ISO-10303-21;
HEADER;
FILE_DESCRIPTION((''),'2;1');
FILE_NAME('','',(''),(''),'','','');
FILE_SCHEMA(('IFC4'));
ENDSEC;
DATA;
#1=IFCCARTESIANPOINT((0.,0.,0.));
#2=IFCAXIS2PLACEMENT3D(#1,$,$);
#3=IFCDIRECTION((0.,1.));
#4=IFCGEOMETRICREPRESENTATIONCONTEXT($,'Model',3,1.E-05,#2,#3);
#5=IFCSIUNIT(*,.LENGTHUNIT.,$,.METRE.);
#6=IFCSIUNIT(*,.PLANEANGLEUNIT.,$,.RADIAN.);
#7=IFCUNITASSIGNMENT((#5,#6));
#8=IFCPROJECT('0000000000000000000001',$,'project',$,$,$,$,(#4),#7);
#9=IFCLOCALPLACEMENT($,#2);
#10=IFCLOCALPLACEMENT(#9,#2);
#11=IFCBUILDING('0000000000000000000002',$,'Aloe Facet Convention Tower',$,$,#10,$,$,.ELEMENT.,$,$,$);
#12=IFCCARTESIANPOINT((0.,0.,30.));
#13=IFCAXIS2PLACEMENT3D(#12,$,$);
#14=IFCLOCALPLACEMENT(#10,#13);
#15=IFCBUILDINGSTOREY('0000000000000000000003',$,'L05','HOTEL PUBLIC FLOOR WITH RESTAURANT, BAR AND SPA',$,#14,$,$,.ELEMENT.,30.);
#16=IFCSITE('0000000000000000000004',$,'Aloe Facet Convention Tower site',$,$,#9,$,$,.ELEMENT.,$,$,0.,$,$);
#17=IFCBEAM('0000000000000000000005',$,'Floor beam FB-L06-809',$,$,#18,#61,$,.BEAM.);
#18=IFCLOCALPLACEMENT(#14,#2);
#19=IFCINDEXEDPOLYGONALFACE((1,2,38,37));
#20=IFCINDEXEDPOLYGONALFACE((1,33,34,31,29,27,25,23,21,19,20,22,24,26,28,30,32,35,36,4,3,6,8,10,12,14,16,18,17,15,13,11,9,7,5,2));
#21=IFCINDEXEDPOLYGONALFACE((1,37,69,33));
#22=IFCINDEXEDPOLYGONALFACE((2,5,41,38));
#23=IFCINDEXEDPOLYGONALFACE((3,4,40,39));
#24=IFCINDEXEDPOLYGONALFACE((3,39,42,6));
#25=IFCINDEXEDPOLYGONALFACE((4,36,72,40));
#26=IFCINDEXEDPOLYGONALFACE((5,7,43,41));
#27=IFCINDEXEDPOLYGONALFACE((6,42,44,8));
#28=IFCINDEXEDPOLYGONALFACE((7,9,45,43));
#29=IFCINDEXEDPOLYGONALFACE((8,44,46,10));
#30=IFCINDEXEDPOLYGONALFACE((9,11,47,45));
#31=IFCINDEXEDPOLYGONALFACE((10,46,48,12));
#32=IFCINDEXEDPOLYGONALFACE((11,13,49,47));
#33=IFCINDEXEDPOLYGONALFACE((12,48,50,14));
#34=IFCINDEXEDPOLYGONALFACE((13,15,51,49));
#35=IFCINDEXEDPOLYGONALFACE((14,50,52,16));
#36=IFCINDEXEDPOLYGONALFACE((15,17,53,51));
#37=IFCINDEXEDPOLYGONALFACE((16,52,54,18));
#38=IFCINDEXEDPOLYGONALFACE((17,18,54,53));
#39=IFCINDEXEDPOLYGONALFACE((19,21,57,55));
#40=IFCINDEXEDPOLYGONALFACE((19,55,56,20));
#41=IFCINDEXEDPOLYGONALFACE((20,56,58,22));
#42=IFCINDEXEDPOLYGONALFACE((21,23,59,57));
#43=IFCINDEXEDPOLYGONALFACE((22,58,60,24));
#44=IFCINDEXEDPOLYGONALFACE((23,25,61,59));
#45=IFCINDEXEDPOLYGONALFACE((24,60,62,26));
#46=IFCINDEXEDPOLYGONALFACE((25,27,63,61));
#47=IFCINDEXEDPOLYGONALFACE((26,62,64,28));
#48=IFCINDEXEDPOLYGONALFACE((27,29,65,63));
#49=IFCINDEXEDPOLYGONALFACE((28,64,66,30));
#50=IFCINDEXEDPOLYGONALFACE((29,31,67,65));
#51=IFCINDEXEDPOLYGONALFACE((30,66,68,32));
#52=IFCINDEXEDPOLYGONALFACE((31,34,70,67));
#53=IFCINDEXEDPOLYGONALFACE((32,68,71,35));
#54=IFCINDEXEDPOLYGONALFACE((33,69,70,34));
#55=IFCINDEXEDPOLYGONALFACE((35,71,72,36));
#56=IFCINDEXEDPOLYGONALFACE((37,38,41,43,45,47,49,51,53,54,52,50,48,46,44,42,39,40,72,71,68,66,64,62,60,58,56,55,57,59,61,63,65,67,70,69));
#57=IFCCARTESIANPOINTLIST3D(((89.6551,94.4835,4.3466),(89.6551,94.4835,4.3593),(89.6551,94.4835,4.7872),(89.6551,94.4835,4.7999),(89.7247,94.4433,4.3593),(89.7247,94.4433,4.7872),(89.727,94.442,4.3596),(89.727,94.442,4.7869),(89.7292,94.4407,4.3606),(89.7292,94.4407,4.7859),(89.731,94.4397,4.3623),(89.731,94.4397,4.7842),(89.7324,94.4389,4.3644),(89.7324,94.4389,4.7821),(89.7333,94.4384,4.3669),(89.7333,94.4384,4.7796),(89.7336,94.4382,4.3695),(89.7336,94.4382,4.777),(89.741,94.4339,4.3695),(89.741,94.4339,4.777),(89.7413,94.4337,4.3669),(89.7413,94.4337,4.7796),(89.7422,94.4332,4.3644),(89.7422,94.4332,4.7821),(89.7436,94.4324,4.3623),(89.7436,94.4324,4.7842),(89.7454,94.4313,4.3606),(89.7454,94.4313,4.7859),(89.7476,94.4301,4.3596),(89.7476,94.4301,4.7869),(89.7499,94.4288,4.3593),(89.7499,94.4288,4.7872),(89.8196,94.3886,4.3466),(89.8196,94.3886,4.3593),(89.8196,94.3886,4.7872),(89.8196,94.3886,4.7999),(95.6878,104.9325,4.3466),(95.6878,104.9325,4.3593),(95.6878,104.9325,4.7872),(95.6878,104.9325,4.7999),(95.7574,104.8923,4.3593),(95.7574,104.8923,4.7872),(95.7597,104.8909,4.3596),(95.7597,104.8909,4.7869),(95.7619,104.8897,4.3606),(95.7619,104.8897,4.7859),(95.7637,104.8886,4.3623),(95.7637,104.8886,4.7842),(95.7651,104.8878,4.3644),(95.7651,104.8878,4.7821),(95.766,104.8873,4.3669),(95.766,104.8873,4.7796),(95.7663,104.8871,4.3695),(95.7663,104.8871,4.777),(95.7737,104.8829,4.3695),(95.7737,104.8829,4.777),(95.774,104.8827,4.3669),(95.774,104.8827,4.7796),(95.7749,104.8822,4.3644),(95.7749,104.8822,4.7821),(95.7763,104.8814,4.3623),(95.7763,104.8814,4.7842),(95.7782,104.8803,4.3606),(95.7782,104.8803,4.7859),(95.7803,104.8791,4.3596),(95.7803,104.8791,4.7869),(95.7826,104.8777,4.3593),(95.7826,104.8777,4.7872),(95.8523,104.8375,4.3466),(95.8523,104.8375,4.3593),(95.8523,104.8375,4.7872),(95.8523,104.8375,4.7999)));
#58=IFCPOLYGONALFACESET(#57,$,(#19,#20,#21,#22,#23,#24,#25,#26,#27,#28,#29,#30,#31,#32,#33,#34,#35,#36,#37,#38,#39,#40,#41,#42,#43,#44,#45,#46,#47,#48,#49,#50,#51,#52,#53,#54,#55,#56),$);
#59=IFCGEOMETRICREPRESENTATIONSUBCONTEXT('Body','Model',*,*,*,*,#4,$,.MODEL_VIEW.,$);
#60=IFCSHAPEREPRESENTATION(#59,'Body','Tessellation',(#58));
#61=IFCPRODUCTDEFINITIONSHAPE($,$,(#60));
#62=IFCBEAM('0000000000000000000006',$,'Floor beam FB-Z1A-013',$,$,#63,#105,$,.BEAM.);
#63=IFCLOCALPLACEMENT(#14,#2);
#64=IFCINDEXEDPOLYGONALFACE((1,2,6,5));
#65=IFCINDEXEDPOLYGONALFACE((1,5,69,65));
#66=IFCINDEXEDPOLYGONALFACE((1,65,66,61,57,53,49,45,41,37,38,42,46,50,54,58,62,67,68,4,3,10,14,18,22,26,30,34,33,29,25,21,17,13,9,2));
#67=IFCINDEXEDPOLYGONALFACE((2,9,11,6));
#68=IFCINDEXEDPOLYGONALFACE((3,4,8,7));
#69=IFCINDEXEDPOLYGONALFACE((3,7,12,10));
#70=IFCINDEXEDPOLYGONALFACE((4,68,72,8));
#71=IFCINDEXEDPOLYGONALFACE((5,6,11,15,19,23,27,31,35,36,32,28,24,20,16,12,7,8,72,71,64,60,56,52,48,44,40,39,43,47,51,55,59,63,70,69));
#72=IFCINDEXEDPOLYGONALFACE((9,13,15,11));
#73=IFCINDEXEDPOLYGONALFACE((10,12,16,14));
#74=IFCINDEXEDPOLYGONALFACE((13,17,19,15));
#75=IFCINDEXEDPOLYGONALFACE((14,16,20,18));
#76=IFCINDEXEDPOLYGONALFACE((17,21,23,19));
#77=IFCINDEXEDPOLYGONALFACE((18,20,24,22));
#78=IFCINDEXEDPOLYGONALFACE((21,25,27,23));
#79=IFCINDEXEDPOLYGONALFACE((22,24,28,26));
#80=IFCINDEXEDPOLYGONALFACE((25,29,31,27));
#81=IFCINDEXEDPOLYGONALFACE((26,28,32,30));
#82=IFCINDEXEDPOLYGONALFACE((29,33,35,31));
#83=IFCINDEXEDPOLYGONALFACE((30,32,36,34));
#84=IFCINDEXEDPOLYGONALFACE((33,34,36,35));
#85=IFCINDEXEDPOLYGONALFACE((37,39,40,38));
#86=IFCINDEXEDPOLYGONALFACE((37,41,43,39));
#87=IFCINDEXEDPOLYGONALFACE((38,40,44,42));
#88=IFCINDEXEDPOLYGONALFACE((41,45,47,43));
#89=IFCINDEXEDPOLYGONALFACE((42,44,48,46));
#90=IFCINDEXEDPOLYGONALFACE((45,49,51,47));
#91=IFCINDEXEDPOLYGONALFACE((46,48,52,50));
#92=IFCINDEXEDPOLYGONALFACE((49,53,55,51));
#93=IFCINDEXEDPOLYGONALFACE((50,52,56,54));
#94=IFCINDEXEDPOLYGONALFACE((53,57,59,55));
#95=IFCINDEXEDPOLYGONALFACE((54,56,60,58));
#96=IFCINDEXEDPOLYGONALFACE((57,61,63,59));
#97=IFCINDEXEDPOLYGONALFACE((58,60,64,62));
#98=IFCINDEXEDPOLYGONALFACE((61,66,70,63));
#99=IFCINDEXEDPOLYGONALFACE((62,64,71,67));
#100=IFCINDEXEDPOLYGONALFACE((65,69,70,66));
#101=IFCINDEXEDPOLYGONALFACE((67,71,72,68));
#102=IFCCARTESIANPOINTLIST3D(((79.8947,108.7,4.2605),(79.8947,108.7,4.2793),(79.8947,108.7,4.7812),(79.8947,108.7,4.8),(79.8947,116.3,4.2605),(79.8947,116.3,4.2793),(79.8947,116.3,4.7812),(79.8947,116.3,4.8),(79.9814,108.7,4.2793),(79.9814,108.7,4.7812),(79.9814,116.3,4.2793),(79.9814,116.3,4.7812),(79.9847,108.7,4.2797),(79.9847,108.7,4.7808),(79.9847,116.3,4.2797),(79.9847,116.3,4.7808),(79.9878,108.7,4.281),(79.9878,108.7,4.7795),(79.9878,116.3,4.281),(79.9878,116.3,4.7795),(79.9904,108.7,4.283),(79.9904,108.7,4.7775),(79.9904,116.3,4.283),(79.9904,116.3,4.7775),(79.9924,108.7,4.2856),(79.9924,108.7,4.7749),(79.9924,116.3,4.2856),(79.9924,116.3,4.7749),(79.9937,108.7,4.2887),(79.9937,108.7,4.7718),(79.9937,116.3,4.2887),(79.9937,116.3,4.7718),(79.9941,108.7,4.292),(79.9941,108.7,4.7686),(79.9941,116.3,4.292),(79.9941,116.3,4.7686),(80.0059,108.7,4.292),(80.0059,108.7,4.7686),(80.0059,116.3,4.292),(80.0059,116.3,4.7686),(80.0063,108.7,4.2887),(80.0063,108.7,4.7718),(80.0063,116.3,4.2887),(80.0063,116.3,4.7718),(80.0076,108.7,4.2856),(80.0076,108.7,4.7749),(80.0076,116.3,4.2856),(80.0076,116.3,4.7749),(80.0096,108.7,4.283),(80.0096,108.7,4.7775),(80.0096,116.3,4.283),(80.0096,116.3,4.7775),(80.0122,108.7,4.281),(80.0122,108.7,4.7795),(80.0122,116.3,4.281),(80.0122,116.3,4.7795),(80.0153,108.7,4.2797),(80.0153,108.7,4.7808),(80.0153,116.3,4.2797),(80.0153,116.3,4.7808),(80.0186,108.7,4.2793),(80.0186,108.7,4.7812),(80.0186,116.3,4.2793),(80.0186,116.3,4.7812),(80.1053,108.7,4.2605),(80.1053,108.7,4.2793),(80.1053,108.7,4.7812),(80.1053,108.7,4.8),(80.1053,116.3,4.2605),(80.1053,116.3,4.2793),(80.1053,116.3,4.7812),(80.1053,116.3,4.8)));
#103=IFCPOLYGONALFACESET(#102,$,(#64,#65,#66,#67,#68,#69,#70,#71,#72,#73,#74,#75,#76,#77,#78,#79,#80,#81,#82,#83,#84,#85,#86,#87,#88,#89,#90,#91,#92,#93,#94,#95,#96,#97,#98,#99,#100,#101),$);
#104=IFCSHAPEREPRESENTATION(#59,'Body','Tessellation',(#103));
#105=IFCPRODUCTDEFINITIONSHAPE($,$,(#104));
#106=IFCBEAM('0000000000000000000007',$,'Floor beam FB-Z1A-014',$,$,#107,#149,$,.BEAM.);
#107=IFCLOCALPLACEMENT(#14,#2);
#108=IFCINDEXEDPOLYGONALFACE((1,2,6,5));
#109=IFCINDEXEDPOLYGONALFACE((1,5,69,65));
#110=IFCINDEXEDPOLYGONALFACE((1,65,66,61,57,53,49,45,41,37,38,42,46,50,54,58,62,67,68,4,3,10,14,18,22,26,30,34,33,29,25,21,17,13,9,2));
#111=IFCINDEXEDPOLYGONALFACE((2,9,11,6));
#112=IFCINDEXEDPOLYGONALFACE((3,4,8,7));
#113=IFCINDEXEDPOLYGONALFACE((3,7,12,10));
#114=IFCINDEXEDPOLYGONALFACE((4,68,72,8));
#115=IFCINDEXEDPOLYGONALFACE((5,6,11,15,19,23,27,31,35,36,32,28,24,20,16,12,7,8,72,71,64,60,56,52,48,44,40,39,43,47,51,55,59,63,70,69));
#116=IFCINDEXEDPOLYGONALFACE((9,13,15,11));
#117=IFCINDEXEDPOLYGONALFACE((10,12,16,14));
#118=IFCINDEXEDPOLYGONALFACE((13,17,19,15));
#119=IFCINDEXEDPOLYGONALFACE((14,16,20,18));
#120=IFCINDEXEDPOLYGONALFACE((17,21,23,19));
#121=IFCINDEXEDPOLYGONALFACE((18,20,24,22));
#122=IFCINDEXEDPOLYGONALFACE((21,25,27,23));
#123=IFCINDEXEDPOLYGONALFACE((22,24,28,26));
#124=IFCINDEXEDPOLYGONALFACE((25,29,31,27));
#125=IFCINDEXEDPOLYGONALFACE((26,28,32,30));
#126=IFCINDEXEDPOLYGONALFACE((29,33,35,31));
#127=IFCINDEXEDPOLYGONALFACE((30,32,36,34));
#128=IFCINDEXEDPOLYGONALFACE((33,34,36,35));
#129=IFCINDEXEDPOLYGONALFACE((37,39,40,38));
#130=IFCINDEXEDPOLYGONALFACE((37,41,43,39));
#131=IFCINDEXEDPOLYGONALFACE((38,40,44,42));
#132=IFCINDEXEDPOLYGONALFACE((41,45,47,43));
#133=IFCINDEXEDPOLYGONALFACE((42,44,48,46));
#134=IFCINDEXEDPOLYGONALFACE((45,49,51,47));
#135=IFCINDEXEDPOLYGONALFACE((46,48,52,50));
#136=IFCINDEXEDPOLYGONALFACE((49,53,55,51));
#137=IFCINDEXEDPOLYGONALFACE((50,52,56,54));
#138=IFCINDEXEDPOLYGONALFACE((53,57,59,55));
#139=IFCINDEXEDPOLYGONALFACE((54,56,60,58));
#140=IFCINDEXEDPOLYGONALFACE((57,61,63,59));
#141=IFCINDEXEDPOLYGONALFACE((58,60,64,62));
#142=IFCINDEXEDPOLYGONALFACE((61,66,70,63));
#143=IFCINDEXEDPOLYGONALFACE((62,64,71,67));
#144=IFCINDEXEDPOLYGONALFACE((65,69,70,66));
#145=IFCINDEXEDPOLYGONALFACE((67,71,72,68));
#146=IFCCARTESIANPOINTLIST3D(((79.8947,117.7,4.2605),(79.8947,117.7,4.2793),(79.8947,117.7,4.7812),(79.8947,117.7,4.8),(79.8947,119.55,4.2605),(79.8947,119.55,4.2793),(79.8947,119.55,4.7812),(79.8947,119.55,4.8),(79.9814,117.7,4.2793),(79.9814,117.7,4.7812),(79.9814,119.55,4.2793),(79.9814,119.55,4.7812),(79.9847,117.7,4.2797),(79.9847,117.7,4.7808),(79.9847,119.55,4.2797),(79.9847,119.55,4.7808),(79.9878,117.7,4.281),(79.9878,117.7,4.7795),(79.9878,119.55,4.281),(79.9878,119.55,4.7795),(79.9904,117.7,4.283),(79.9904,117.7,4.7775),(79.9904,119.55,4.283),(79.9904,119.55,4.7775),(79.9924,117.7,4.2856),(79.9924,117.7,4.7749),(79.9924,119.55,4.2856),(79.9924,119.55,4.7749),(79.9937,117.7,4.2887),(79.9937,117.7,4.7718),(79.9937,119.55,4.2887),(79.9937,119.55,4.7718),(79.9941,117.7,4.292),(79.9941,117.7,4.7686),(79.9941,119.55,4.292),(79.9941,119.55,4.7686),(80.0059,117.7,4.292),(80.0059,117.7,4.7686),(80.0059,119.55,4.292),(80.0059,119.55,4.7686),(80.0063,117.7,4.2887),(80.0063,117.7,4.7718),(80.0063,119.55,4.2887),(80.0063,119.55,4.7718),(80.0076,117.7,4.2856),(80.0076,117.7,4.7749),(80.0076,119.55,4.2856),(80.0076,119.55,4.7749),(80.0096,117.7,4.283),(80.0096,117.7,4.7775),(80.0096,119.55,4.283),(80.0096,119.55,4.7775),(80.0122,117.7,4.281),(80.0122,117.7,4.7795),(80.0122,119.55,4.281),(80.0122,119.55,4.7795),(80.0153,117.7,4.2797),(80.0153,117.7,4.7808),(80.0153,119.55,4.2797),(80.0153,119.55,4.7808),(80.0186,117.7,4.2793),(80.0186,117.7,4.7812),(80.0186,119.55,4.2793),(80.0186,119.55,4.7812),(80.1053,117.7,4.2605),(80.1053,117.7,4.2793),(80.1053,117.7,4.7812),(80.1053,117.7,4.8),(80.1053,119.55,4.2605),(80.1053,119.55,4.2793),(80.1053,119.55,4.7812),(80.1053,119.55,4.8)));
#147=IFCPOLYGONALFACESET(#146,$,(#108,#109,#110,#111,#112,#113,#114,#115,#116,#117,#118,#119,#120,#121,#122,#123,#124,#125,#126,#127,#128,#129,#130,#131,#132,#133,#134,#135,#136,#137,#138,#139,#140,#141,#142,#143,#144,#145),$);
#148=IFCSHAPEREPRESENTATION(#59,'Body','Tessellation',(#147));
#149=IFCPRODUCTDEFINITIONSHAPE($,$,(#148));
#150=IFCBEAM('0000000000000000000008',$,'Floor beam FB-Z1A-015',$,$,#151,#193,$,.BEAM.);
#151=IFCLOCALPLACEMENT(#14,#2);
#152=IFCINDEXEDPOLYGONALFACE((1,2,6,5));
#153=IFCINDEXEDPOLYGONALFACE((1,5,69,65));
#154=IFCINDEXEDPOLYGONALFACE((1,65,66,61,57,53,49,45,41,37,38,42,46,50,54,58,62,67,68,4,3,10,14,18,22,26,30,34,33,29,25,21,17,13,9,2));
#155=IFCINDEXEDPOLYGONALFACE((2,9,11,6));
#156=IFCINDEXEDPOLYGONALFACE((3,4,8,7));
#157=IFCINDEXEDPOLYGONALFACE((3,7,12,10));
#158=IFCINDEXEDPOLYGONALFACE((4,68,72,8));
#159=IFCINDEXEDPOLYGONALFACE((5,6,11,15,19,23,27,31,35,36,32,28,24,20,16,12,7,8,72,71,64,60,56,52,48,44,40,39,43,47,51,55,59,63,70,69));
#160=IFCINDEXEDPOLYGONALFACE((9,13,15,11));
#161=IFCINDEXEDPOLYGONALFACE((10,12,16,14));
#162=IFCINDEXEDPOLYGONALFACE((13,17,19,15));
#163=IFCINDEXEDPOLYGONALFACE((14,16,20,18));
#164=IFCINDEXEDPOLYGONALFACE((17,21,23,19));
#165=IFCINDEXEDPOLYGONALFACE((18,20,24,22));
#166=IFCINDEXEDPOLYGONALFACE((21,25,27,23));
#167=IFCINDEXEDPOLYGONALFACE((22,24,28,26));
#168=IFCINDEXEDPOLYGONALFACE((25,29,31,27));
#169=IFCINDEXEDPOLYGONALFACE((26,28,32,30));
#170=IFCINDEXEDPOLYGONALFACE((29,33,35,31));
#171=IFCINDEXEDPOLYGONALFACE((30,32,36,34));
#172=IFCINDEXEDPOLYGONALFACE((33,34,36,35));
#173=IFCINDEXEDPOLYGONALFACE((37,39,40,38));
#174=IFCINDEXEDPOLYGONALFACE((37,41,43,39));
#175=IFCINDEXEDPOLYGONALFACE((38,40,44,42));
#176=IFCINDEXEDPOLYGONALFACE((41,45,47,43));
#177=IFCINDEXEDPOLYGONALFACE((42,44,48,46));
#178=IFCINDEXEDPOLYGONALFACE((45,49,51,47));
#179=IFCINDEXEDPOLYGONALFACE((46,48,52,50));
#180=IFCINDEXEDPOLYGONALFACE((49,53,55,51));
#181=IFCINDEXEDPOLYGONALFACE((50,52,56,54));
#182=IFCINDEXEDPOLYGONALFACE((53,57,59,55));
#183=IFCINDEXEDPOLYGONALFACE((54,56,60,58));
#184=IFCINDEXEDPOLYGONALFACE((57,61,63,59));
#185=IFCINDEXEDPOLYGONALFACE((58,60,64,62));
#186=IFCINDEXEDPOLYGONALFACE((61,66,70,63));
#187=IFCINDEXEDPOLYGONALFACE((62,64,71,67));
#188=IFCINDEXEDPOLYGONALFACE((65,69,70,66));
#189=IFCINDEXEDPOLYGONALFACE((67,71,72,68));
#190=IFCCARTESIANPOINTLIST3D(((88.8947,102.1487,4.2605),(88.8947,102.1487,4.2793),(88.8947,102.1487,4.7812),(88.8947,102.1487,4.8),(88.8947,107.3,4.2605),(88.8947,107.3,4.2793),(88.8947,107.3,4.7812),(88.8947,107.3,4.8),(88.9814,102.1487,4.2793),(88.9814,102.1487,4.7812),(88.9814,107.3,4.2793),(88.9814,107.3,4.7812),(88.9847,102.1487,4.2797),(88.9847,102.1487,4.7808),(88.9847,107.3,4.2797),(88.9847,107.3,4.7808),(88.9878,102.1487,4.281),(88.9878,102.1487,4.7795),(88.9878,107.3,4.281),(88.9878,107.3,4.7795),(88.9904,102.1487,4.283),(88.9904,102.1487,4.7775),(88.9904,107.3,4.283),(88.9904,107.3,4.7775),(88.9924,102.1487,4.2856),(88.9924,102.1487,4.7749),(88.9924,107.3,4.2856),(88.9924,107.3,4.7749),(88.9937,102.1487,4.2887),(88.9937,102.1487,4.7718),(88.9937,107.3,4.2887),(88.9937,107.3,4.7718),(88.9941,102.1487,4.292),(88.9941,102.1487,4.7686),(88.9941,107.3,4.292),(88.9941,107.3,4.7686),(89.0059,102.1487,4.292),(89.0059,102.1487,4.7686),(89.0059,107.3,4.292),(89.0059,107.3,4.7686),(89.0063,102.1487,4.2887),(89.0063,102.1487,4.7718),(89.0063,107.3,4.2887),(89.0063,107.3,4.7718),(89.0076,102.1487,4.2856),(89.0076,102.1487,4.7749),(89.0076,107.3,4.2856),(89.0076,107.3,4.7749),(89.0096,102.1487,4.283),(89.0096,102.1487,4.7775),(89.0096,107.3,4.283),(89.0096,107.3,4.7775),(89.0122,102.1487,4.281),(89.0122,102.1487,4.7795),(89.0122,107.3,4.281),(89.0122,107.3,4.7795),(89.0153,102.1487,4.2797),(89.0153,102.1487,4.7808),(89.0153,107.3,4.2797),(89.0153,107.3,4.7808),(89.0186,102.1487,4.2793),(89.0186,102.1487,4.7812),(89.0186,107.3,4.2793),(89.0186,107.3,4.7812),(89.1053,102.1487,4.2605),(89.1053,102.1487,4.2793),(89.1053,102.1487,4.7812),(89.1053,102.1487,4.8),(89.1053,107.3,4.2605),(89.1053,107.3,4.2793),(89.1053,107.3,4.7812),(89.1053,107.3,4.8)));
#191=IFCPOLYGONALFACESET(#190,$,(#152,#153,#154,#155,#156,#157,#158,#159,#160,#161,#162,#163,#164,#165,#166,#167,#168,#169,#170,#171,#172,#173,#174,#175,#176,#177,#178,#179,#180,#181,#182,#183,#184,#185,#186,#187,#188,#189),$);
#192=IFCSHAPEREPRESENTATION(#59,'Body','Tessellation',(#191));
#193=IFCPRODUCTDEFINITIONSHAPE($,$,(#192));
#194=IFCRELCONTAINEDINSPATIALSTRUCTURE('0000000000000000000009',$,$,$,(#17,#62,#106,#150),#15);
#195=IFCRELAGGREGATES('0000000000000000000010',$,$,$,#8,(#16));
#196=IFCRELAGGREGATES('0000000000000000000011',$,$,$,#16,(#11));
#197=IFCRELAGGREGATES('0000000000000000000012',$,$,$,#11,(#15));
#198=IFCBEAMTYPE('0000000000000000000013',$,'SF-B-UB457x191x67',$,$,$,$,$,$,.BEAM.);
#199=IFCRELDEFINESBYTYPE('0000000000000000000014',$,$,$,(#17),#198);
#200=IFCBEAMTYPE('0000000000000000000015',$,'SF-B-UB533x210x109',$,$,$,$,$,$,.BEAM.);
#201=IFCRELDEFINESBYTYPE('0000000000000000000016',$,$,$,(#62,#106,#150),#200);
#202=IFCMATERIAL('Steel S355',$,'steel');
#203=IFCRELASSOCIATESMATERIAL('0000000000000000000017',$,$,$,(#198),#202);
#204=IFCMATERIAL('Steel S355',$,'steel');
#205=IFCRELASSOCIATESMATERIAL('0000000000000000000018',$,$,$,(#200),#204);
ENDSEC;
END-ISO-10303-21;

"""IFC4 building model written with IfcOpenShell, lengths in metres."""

from ifc_helpers import new_model, si_unit, direction, frame, origin, origin_2d, place, context, subcontext, project, spatial, i_section, extrude, material, material_profile, profile_set, type_object, element, save


model = new_model("IFC4")

# Units and contexts
model_context = context("Model", 3, precision=1e-05, world=origin(), true_north=direction((0.0, 1.0)))
body_context = subcontext(model_context, "Body", "Model", "MODEL_VIEW")
ifc_project = project(units=[si_unit("LENGTHUNIT", "METRE"), si_unit("PLANEANGLEUNIT", "RADIAN")], contexts=[model_context])

# Site, building, storey
site_placement = place(None, origin())
site = spatial("IfcSite", under=ifc_project, at=site_placement, Name="Aloe Facet Convention Tower site", CompositionType="ELEMENT", RefElevation=0.0)
building_placement = place(site_placement, origin())
building = spatial("IfcBuilding", under=site, at=building_placement, Name="Aloe Facet Convention Tower", CompositionType="ELEMENT")
storey_placement = place(building_placement, frame((0.0, 0.0, 30.0)))
storey = spatial("IfcBuildingStorey", under=building, at=storey_placement, Name="L05", Description="HOTEL PUBLIC FLOOR WITH RESTAURANT, BAR AND SPA", CompositionType="ELEMENT", Elevation=30.0)

# Beams
ifc_material_1 = material(Name="Steel S355", Category="steel")
ifc_material_profile_1 = material_profile(ifc_material_1, i_section(OverallWidth=0.1899, OverallDepth=0.4534, WebThickness=0.0085, FlangeThickness=0.0127, FilletRadius=0.0103, at=origin_2d()), Name="UB 457x191x67")
ifc_profile_set_1 = profile_set([ifc_material_profile_1], Name="Steel S355")
beam_type_1 = type_object("IfcBeamType", Name="SF-B-UB457x191x67", PredefinedType="BEAM", material=ifc_profile_set_1)
beam_1_placement = place(storey_placement, frame((95.77, 104.885, 4.5732), z_axis=(-0.5, -0.866026, 0.0), x_axis=(0.866026, -0.5, 0.0)))
element("IfcBeam", 1, at=beam_1_placement, inside=storey, type_object=beam_type_1, Name="Floor beam FB-L06-809", PredefinedType="BEAM", context=body_context, shape_type="SweptSolid", body=[
    extrude(i_section(OverallWidth=0.1899, OverallDepth=0.4534, WebThickness=0.0085, FlangeThickness=0.0127, FilletRadius=0.0103, at=origin_2d()), origin(), (0.0, 0.0, 1.0), 12.0654),
])
ifc_material_2 = material(Name="Steel S355", Category="steel")
ifc_material_profile_2 = material_profile(ifc_material_2, i_section(OverallWidth=0.2107, OverallDepth=0.5396, WebThickness=0.0117, FlangeThickness=0.0188, FilletRadius=0.0127, at=origin_2d()), Name="UB 533x210x109")
ifc_profile_set_2 = profile_set([ifc_material_profile_2], Name="Steel S355")
beam_type_2 = type_object("IfcBeamType", Name="SF-B-UB533x210x109", PredefinedType="BEAM", material=ifc_profile_set_2)
beam_2_placement = place(storey_placement, frame((80.0, 116.3, 4.5303), z_axis=(0.0, -1.0, 0.0), x_axis=(1.0, 0.0, 0.0)))
element("IfcBeam", 2, at=beam_2_placement, inside=storey, type_object=beam_type_2, Name="Floor beam FB-Z1A-013", PredefinedType="BEAM", context=body_context, shape_type="SweptSolid", body=[
    extrude(i_section(OverallWidth=0.2107, OverallDepth=0.5396, WebThickness=0.0117, FlangeThickness=0.0188, FilletRadius=0.0127, at=origin_2d()), origin(), (0.0, 0.0, 1.0), 7.6001),
])
beam_3_placement = place(storey_placement, frame((80.0, 119.55, 4.5303), z_axis=(0.0, -1.0, 0.0), x_axis=(1.0, 0.0, 0.0)))
element("IfcBeam", 3, at=beam_3_placement, inside=storey, type_object=beam_type_2, Name="Floor beam FB-Z1A-014", PredefinedType="BEAM", context=body_context, shape_type="SweptSolid", body=[
    extrude(i_section(OverallWidth=0.2107, OverallDepth=0.5396, WebThickness=0.0117, FlangeThickness=0.0188, FilletRadius=0.0127, at=origin_2d()), origin(), (0.0, 0.0, 1.0), 1.8501),
])
beam_4_placement = place(storey_placement, frame((89.0, 107.3, 4.5303), z_axis=(0.0, -1.0, 0.0), x_axis=(1.0, 0.0, 0.0)))
element("IfcBeam", 4, at=beam_4_placement, inside=storey, type_object=beam_type_2, Name="Floor beam FB-Z1A-015", PredefinedType="BEAM", context=body_context, shape_type="SweptSolid", body=[
    extrude(i_section(OverallWidth=0.2107, OverallDepth=0.5396, WebThickness=0.0117, FlangeThickness=0.0188, FilletRadius=0.0127, at=origin_2d()), origin(), (0.0, 0.0, 1.0), 5.1514),
])

save(model, "model.ifc")
